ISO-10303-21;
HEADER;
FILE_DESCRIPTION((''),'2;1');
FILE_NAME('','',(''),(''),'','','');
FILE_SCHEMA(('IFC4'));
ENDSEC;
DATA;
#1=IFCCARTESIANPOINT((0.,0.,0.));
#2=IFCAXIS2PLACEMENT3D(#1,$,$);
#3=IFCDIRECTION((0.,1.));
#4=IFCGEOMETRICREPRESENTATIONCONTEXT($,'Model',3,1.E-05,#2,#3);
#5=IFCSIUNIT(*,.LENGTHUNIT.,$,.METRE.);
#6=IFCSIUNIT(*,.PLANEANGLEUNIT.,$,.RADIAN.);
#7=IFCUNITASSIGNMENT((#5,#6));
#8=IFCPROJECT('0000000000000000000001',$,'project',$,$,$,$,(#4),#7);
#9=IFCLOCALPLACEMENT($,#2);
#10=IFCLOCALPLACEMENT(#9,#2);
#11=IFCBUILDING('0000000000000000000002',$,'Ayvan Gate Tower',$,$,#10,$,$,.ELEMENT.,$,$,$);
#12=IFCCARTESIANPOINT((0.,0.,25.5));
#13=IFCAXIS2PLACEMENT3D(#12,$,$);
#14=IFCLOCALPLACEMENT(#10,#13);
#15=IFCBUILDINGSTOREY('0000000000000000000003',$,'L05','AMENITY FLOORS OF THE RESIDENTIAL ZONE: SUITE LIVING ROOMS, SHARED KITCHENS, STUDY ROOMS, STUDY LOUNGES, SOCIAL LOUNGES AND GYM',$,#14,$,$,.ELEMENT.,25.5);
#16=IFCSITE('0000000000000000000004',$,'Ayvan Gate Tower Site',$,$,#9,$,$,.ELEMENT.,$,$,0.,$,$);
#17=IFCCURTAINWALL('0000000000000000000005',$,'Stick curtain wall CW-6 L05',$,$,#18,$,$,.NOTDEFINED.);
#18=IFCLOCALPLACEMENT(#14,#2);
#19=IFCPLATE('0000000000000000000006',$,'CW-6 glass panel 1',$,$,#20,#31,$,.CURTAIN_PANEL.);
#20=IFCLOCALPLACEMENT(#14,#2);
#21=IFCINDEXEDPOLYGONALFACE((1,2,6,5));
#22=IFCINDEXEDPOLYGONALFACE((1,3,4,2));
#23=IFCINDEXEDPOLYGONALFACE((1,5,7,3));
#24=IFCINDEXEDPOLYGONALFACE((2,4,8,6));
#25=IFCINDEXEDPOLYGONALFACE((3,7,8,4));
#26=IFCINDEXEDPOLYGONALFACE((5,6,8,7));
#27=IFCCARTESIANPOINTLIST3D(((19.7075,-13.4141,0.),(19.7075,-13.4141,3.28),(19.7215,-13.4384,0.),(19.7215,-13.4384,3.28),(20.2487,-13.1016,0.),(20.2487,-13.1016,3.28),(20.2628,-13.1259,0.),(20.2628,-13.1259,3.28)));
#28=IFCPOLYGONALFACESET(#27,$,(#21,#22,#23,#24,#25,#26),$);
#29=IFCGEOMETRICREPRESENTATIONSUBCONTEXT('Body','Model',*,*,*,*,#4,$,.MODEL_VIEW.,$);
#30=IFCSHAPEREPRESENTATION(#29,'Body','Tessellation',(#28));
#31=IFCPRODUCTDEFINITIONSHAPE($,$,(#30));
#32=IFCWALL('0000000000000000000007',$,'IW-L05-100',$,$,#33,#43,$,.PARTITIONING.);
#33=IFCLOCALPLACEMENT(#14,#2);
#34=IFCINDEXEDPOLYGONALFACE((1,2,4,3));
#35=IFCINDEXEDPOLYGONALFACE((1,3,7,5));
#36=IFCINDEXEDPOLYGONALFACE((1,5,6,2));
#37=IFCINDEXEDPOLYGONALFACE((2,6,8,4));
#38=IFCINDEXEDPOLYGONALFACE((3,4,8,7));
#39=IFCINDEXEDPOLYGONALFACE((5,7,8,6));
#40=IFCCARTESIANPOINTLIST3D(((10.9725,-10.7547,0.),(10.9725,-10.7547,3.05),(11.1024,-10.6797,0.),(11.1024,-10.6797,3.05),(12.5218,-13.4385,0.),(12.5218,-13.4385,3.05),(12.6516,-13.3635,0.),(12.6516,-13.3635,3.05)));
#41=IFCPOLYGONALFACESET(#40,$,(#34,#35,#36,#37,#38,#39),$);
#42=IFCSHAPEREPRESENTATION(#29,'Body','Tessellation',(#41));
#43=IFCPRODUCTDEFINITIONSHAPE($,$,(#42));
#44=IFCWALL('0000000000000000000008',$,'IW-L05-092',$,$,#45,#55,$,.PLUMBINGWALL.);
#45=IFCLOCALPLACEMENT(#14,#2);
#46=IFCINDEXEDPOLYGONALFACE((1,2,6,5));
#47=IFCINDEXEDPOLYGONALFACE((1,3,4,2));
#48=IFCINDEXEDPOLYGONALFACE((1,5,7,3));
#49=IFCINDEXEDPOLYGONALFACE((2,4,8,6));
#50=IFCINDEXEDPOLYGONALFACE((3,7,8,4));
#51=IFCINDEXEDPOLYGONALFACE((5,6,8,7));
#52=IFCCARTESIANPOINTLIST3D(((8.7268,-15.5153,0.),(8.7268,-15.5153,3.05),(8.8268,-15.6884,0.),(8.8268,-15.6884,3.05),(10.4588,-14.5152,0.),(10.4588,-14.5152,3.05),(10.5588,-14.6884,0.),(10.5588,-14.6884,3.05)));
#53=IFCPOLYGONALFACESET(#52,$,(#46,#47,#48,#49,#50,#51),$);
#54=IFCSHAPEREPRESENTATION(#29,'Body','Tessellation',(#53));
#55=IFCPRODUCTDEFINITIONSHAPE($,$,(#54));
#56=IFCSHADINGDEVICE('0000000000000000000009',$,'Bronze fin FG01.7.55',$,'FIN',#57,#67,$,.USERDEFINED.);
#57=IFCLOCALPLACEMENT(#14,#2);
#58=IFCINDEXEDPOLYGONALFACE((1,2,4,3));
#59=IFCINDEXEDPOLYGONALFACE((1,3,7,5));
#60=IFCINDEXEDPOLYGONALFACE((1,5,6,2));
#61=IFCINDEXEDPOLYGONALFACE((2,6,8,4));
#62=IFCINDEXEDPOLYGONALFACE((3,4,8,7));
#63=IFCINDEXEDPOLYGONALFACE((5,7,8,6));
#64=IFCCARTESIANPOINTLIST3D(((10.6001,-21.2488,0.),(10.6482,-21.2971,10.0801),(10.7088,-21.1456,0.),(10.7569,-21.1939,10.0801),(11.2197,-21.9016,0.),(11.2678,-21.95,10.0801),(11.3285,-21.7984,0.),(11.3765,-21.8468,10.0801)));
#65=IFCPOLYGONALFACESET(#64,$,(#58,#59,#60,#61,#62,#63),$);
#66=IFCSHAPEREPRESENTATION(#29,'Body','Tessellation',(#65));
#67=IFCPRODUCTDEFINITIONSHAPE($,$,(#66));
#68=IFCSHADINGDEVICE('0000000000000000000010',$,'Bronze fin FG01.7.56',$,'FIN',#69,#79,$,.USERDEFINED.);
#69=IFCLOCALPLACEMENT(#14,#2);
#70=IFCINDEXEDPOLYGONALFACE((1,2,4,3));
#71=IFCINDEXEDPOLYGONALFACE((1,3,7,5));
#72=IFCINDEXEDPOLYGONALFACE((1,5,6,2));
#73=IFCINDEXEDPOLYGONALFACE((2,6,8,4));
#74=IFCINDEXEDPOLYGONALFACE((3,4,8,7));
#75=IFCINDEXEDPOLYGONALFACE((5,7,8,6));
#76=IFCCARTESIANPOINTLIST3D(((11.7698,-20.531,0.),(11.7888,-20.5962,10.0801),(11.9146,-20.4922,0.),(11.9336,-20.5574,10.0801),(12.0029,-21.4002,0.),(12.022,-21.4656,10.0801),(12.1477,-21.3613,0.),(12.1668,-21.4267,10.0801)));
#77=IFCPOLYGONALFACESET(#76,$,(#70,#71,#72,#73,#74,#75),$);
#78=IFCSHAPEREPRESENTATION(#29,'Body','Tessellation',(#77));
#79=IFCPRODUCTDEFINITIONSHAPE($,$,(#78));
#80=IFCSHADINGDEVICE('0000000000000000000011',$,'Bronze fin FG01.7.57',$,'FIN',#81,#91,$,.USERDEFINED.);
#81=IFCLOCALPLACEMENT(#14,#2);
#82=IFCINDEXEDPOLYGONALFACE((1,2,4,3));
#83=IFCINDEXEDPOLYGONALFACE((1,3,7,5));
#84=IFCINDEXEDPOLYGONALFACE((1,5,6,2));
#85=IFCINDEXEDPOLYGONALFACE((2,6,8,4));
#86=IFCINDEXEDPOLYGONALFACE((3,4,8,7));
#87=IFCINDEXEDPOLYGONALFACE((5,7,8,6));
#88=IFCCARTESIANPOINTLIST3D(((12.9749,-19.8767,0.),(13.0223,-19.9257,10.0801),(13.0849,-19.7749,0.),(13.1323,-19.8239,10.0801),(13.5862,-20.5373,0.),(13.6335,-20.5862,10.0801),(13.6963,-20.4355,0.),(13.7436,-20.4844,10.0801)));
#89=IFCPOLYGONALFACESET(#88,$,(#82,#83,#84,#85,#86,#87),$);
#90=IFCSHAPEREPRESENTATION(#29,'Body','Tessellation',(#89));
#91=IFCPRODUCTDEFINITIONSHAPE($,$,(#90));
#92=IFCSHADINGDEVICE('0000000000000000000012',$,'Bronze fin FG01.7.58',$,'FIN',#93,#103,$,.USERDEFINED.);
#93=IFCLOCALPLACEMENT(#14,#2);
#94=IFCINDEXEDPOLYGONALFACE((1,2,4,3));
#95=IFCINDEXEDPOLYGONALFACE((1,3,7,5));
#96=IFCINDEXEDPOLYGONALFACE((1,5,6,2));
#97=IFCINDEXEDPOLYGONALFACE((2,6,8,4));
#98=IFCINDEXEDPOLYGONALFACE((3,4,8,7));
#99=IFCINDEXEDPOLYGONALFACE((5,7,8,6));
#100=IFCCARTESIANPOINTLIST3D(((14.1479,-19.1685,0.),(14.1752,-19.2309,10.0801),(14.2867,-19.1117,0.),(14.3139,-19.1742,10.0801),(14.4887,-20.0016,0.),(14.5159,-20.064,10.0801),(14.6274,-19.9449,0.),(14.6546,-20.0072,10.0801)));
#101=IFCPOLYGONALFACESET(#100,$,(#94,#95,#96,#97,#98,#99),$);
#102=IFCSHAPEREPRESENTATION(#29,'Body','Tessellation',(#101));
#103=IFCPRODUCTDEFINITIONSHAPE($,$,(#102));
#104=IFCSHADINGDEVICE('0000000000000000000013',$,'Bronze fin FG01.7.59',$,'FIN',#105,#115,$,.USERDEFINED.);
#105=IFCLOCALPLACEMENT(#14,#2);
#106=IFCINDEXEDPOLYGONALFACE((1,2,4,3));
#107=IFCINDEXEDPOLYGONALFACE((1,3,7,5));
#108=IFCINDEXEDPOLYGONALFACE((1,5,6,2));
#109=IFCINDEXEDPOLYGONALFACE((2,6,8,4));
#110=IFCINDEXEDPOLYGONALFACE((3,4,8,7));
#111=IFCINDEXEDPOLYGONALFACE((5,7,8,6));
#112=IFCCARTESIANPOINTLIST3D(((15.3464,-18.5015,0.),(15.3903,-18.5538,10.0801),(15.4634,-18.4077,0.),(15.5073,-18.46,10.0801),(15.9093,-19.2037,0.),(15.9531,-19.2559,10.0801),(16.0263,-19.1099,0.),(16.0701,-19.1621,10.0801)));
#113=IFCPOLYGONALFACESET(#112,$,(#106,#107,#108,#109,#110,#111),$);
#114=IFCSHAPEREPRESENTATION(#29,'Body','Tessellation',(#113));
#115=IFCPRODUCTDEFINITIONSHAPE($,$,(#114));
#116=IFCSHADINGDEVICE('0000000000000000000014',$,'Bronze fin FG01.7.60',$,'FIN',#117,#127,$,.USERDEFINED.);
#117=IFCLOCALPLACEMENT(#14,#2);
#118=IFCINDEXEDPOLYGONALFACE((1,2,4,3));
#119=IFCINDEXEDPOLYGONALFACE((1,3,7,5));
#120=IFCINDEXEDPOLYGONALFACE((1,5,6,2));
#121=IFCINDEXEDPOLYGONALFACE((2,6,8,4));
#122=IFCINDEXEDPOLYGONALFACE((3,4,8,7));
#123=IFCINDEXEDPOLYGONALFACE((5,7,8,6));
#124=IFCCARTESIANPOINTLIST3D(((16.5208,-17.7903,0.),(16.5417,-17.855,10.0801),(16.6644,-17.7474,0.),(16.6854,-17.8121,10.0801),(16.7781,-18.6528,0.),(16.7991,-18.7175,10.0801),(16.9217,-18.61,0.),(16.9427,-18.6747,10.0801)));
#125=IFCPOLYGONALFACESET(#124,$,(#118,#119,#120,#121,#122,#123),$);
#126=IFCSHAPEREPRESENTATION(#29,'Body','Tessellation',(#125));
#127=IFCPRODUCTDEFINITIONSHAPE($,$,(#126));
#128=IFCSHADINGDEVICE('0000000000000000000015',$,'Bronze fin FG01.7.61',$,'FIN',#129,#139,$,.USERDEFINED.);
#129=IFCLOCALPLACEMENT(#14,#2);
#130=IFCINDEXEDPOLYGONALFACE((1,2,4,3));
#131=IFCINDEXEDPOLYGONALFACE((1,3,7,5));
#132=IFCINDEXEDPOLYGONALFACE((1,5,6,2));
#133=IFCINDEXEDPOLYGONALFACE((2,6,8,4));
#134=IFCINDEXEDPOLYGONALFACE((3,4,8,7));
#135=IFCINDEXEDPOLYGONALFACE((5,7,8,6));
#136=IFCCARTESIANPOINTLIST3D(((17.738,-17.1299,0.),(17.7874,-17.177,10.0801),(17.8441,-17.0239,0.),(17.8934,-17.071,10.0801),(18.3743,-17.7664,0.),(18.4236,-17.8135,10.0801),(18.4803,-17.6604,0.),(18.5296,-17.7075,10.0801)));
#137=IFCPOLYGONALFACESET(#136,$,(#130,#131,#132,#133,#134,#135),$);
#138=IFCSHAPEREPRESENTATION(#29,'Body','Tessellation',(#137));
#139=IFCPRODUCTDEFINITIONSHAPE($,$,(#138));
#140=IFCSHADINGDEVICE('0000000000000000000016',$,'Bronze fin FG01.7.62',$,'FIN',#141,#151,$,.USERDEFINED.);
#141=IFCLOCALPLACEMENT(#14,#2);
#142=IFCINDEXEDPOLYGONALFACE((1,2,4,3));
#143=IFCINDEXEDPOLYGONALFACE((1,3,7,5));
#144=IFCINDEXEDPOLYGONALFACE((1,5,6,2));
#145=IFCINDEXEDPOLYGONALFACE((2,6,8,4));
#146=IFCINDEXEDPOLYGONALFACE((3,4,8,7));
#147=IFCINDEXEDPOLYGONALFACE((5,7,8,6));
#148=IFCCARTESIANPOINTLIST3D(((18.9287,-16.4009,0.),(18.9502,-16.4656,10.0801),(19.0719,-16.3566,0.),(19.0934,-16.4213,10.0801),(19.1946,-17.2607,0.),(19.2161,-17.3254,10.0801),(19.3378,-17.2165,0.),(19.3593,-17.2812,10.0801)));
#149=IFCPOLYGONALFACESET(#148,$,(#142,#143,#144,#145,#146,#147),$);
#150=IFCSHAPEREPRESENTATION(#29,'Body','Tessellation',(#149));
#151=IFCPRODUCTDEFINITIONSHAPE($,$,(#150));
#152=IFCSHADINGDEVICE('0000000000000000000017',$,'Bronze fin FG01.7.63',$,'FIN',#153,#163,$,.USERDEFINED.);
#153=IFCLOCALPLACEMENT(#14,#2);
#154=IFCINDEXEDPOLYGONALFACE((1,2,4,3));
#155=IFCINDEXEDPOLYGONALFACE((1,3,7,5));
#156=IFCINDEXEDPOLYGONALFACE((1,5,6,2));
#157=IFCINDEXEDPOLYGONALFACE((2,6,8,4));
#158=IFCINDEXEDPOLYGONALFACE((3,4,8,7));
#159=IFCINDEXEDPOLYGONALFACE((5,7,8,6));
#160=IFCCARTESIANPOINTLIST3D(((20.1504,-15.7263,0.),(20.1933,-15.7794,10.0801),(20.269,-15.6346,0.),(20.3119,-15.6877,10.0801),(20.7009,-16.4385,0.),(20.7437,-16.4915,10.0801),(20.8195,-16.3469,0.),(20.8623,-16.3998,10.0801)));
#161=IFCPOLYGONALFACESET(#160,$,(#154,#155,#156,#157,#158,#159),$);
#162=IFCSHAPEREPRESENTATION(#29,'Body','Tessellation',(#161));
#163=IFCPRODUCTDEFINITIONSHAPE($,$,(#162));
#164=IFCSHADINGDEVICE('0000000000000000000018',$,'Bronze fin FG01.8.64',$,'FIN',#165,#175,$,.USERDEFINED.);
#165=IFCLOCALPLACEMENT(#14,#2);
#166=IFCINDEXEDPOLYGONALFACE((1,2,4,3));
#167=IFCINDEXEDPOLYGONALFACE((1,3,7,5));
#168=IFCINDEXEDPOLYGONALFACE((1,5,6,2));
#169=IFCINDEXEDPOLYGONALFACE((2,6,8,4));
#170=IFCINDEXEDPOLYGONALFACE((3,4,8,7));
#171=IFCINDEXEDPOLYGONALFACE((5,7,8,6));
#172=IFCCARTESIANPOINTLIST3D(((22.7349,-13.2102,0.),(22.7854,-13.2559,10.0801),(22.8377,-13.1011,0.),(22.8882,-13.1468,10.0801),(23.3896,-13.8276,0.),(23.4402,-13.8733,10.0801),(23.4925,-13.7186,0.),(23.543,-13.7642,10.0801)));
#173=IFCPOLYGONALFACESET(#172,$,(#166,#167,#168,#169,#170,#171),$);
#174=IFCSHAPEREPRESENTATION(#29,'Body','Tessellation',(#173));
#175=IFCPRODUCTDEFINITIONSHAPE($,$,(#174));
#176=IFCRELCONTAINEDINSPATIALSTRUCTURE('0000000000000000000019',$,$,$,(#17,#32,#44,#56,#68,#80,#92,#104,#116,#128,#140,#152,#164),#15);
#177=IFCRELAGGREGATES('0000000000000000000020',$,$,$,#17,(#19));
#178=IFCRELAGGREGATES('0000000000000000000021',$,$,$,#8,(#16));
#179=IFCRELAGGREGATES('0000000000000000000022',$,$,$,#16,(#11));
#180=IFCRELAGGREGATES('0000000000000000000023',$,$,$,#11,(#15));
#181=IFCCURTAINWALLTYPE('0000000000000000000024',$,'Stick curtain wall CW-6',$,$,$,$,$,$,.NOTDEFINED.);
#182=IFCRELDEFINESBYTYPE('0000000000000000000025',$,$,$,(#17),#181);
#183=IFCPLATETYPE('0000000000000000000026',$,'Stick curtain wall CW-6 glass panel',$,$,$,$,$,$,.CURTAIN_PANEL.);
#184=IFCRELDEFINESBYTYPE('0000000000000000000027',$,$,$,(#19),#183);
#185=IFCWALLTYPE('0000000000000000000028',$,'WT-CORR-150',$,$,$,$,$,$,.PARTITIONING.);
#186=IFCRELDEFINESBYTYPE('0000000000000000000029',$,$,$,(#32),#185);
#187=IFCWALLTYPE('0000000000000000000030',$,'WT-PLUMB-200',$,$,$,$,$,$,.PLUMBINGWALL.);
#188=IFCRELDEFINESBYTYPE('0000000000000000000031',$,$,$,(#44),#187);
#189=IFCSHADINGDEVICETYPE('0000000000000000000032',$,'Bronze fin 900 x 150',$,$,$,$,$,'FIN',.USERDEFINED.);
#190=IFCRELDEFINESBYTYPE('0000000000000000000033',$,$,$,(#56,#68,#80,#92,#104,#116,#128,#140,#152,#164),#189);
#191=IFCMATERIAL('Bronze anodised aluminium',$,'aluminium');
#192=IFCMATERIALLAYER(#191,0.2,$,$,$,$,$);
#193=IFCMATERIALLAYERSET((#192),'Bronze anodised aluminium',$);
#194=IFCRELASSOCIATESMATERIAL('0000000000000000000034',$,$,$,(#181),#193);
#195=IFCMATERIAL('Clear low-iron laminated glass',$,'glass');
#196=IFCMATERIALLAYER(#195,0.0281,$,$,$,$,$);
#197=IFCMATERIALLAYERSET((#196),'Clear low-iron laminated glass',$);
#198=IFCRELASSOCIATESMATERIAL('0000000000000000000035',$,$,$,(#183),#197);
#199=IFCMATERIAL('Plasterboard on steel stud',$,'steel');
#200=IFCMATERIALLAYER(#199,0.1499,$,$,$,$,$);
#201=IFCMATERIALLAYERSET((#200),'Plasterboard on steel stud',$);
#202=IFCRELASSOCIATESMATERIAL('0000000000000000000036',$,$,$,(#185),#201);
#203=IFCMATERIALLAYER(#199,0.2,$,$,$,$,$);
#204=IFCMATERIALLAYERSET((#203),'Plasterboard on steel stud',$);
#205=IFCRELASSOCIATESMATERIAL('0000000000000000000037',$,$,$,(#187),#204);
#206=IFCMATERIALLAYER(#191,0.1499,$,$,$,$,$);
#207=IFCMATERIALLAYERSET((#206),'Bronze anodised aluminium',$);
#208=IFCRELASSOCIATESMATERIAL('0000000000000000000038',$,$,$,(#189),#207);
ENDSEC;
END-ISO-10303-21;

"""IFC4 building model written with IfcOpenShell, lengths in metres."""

from ifc_helpers import new_model, si_unit, direction, frame, frame_2d, origin, origin_2d, place, context, subcontext, project, spatial, polyline, rectangle, outline, extrude, material, layer, layer_set, type_object, element, aggregate, save


model = new_model("IFC4")

# Units and contexts
model_context = context("Model", 3, precision=1e-05, world=origin(), true_north=direction((0.0, 1.0)))
body_context = subcontext(model_context, "Body", "Model", "MODEL_VIEW")
ifc_project = project(units=[si_unit("LENGTHUNIT", "METRE"), si_unit("PLANEANGLEUNIT", "RADIAN")], contexts=[model_context])

# Site, building, storey
site_placement = place(None, origin())
site = spatial("IfcSite", under=ifc_project, at=site_placement, Name="Ayvan Gate Tower Site", CompositionType="ELEMENT", RefElevation=0.0)
building_placement = place(site_placement, origin())
building = spatial("IfcBuilding", under=site, at=building_placement, Name="Ayvan Gate Tower", CompositionType="ELEMENT")
storey_placement = place(building_placement, frame((0.0, 0.0, 25.5)))
storey = spatial("IfcBuildingStorey", under=building, at=storey_placement, Name="L05", Description="AMENITY FLOORS OF THE RESIDENTIAL ZONE: SUITE LIVING ROOMS, SHARED KITCHENS, STUDY ROOMS, STUDY LOUNGES, SOCIAL LOUNGES AND GYM", CompositionType="ELEMENT", Elevation=25.5)

# Curtain wall
ifc_material_1 = material(Name="Bronze anodised aluminium", Category="aluminium")
ifc_layer_1 = layer(ifc_material_1, 0.2)
ifc_layer_set_1 = layer_set([ifc_layer_1], Name="Bronze anodised aluminium")
curtain_wall_type_1 = type_object("IfcCurtainWallType", Name="Stick curtain wall CW-6", PredefinedType="NOTDEFINED", material=ifc_layer_set_1)
curtain_wall_1_placement = place(storey_placement, origin())
curtain_wall_1 = element("IfcCurtainWall", 1, at=curtain_wall_1_placement, inside=storey, type_object=curtain_wall_type_1, Name="Stick curtain wall CW-6 L05", PredefinedType="NOTDEFINED")

# Plate
ifc_material_2 = material(Name="Clear low-iron laminated glass", Category="glass")
ifc_layer_2 = layer(ifc_material_2, 0.0281)
ifc_layer_set_2 = layer_set([ifc_layer_2], Name="Clear low-iron laminated glass")
plate_type_1 = type_object("IfcPlateType", Name="Stick curtain wall CW-6 glass panel", PredefinedType="CURTAIN_PANEL", material=ifc_layer_set_2)
plate_1_placement = place(storey_placement, frame((19.9851, -13.27, 0.0), z_axis=(0.0, 0.0, 1.0), x_axis=(0.866025, 0.5, 0.0)))
plate_1 = element("IfcPlate", 2, at=plate_1_placement, type_object=plate_type_1, Name="CW-6 glass panel 1", PredefinedType="CURTAIN_PANEL", context=body_context, shape_type="SweptSolid", body=[
    extrude(rectangle(XDim=0.625, YDim=0.0281, at=origin_2d()), origin(), (0.0, 0.0, 1.0), 3.28),
])
aggregate(curtain_wall_1, [plate_1])

# Walls
ifc_material_3 = material(Name="Plasterboard on steel stud", Category="steel")
ifc_layer_3 = layer(ifc_material_3, 0.1499)
ifc_layer_set_3 = layer_set([ifc_layer_3], Name="Plasterboard on steel stud")
wall_type_1 = type_object("IfcWallType", Name="WT-CORR-150", PredefinedType="PARTITIONING", material=ifc_layer_set_3)
wall_1_placement = place(storey_placement, frame((12.5867, -13.4009, 0.0), z_axis=(0.0, 0.0, 1.0), x_axis=(-0.499952, 0.866053, 0.0)))
element("IfcWall", 3, at=wall_1_placement, inside=storey, type_object=wall_type_1, Name="IW-L05-100", PredefinedType="PARTITIONING", context=body_context, shape_type="SweptSolid", body=[
    extrude(rectangle(XDim=3.0989, YDim=0.1499, at=frame_2d((1.5493, 0.0))), origin(), (0.0, 0.0, 1.0), 3.05),
])
ifc_layer_4 = layer(ifc_material_3, 0.2)
ifc_layer_set_4 = layer_set([ifc_layer_4], Name="Plasterboard on steel stud")
wall_type_2 = type_object("IfcWallType", Name="WT-PLUMB-200", PredefinedType="PLUMBINGWALL", material=ifc_layer_set_4)
wall_2_placement = place(storey_placement, frame((10.5088, -14.6018, 0.0), z_axis=(0.0, 0.0, 1.0), x_axis=(-0.866011, -0.500025, 0.0)))
element("IfcWall", 4, at=wall_2_placement, inside=storey, type_object=wall_type_2, Name="IW-L05-092", PredefinedType="PLUMBINGWALL", context=body_context, shape_type="SweptSolid", body=[
    extrude(rectangle(XDim=2.0, YDim=0.2, at=frame_2d((1.0, 0.0))), origin(), (0.0, 0.0, 1.0), 3.05),
])

# Shading devices
ifc_layer_5 = layer(ifc_material_1, 0.1499)
ifc_layer_set_5 = layer_set([ifc_layer_5], Name="Bronze anodised aluminium")
shading_device_type = type_object("IfcShadingDeviceType", Name="Bronze fin 900 x 150", ElementType="FIN", PredefinedType="USERDEFINED", material=ifc_layer_set_5)
shading_device_1_placement = place(storey_placement, frame((10.6001, -21.2488, 0.0), z_axis=(-0.725311, -0.688421, 0.000159), x_axis=(0.688421, -0.725311, 0.0)))
element("IfcShadingDevice", 5, at=shading_device_1_placement, inside=storey, type_object=shading_device_type, Name="Bronze fin FG01.7.55", ObjectType="FIN", PredefinedType="USERDEFINED", context=body_context, shape_type="SweptSolid", body=[
    extrude(outline(polyline([(0.0, 0.0), (0.9001, 0.0), (0.9682, 10.0801), (0.0682, 10.0801), (0.0, 0.0)])), origin(), (0.0, 0.0, -1.0), 0.1499),
])
shading_device_2_placement = place(storey_placement, frame((11.7698, -20.531, 0.0), z_axis=(-0.96586, -0.259064, 0.000146), x_axis=(0.259064, -0.96586, 0.0)))
element("IfcShadingDevice", 6, at=shading_device_2_placement, inside=storey, type_object=shading_device_type, Name="Bronze fin FG01.7.56", ObjectType="FIN", PredefinedType="USERDEFINED", context=body_context, shape_type="SweptSolid", body=[
    extrude(outline(polyline([(0.0, 0.0), (0.8999, 0.0), (0.968, 10.0801), (0.0679, 10.0801), (0.0, 0.0)])), origin(), (0.0, 0.0, -1.0), 0.1499),
])
shading_device_3_placement = place(storey_placement, frame((12.9749, -19.8767, 0.0), z_axis=(-0.733908, -0.679248, 0.00015), x_axis=(0.679248, -0.733908, 0.0)))
element("IfcShadingDevice", 7, at=shading_device_3_placement, inside=storey, type_object=shading_device_type, Name="Bronze fin FG01.7.57", ObjectType="FIN", PredefinedType="USERDEFINED", context=body_context, shape_type="SweptSolid", body=[
    extrude(outline(polyline([(0.0, 0.0), (0.9001, 0.0), (0.9681, 10.0801), (0.0682, 10.0801), (0.0, 0.0)])), origin(), (0.0, 0.0, -1.0), 0.1499),
])
shading_device_4_placement = place(storey_placement, frame((14.1479, -19.1685, 0.0), z_axis=(-0.925597, -0.378511, 0.000157), x_axis=(0.378511, -0.925597, 0.0)))
element("IfcShadingDevice", 8, at=shading_device_4_placement, inside=storey, type_object=shading_device_type, Name="Bronze fin FG01.7.58", ObjectType="FIN", PredefinedType="USERDEFINED", context=body_context, shape_type="SweptSolid", body=[
    extrude(outline(polyline([(0.0, 0.0), (0.9002, 0.0), (0.9681, 10.0801), (0.0681, 10.0801), (0.0, 0.0)])), origin(), (0.0, 0.0, -1.0), 0.1499),
])
shading_device_5_placement = place(storey_placement, frame((15.3464, -18.5015, 0.0), z_axis=(-0.780246, -0.625472, 0.00015), x_axis=(0.625472, -0.780246, 0.0)))
element("IfcShadingDevice", 9, at=shading_device_5_placement, inside=storey, type_object=shading_device_type, Name="Bronze fin FG01.7.59", ObjectType="FIN", PredefinedType="USERDEFINED", context=body_context, shape_type="SweptSolid", body=[
    extrude(outline(polyline([(0.0, 0.0), (0.9, 0.0), (0.9681, 10.0801), (0.0683, 10.0801), (0.0, 0.0)])), origin(), (0.0, 0.0, -1.0), 0.1499),
])
shading_device_6_placement = place(storey_placement, frame((16.5208, -17.7903, 0.0), z_axis=(-0.958266, -0.285879, 0.000161), x_axis=(0.285879, -0.958266, 0.0)))
element("IfcShadingDevice", 10, at=shading_device_6_placement, inside=storey, type_object=shading_device_type, Name="Bronze fin FG01.7.60", ObjectType="FIN", PredefinedType="USERDEFINED", context=body_context, shape_type="SweptSolid", body=[
    extrude(outline(polyline([(0.0, 0.0), (0.9001, 0.0), (0.9681, 10.0801), (0.068, 10.0801), (0.0, 0.0)])), origin(), (0.0, 0.0, -1.0), 0.1499),
])
shading_device_7_placement = place(storey_placement, frame((17.738, -17.1299, 0.0), z_axis=(-0.707242, -0.706971, 0.000155), x_axis=(0.706971, -0.707242, 0.0)))
element("IfcShadingDevice", 11, at=shading_device_7_placement, inside=storey, type_object=shading_device_type, Name="Bronze fin FG01.7.61", ObjectType="FIN", PredefinedType="USERDEFINED", context=body_context, shape_type="SweptSolid", body=[
    extrude(outline(polyline([(0.0, 0.0), (0.8999, 0.0), (0.9681, 10.0801), (0.0682, 10.0801), (0.0, 0.0)])), origin(), (0.0, 0.0, -1.0), 0.1499),
])
shading_device_8_placement = place(storey_placement, frame((18.9287, -16.4009, 0.0), z_axis=(-0.955373, -0.295401, 0.00014), x_axis=(0.295401, -0.955373, 0.0)))
element("IfcShadingDevice", 12, at=shading_device_8_placement, inside=storey, type_object=shading_device_type, Name="Bronze fin FG01.7.62", ObjectType="FIN", PredefinedType="USERDEFINED", context=body_context, shape_type="SweptSolid", body=[
    extrude(outline(polyline([(0.0, 0.0), (0.9, 0.0), (0.9682, 10.0801), (0.0682, 10.0801), (0.0, 0.0)])), origin(), (0.0, 0.0, -1.0), 0.1499),
])
shading_device_9_placement = place(storey_placement, frame((20.1504, -15.7263, 0.0), z_axis=(-0.791225, -0.611525, 0.000149), x_axis=(0.611525, -0.791225, 0.0)))
element("IfcShadingDevice", 13, at=shading_device_9_placement, inside=storey, type_object=shading_device_type, Name="Bronze fin FG01.7.63", ObjectType="FIN", PredefinedType="USERDEFINED", context=body_context, shape_type="SweptSolid", body=[
    extrude(outline(polyline([(0.0, 0.0), (0.9001, 0.0), (0.9682, 10.0801), (0.0682, 10.0801), (0.0, 0.0)])), origin(), (0.0, 0.0, -1.0), 0.1499),
])
shading_device_10_placement = place(storey_placement, frame((22.7349, -13.2102, 0.0), z_axis=(-0.68605, -0.727555, 0.000144), x_axis=(0.727555, -0.68605, 0.0)))
element("IfcShadingDevice", 14, at=shading_device_10_placement, inside=storey, type_object=shading_device_type, Name="Bronze fin FG01.8.64", ObjectType="FIN", PredefinedType="USERDEFINED", context=body_context, shape_type="SweptSolid", body=[
    extrude(outline(polyline([(0.0, 0.0), (0.9, 0.0), (0.9681, 10.0801), (0.0681, 10.0801), (0.0, 0.0)])), origin(), (0.0, 0.0, -1.0), 0.1499),
])

save(model, "model.ifc")
